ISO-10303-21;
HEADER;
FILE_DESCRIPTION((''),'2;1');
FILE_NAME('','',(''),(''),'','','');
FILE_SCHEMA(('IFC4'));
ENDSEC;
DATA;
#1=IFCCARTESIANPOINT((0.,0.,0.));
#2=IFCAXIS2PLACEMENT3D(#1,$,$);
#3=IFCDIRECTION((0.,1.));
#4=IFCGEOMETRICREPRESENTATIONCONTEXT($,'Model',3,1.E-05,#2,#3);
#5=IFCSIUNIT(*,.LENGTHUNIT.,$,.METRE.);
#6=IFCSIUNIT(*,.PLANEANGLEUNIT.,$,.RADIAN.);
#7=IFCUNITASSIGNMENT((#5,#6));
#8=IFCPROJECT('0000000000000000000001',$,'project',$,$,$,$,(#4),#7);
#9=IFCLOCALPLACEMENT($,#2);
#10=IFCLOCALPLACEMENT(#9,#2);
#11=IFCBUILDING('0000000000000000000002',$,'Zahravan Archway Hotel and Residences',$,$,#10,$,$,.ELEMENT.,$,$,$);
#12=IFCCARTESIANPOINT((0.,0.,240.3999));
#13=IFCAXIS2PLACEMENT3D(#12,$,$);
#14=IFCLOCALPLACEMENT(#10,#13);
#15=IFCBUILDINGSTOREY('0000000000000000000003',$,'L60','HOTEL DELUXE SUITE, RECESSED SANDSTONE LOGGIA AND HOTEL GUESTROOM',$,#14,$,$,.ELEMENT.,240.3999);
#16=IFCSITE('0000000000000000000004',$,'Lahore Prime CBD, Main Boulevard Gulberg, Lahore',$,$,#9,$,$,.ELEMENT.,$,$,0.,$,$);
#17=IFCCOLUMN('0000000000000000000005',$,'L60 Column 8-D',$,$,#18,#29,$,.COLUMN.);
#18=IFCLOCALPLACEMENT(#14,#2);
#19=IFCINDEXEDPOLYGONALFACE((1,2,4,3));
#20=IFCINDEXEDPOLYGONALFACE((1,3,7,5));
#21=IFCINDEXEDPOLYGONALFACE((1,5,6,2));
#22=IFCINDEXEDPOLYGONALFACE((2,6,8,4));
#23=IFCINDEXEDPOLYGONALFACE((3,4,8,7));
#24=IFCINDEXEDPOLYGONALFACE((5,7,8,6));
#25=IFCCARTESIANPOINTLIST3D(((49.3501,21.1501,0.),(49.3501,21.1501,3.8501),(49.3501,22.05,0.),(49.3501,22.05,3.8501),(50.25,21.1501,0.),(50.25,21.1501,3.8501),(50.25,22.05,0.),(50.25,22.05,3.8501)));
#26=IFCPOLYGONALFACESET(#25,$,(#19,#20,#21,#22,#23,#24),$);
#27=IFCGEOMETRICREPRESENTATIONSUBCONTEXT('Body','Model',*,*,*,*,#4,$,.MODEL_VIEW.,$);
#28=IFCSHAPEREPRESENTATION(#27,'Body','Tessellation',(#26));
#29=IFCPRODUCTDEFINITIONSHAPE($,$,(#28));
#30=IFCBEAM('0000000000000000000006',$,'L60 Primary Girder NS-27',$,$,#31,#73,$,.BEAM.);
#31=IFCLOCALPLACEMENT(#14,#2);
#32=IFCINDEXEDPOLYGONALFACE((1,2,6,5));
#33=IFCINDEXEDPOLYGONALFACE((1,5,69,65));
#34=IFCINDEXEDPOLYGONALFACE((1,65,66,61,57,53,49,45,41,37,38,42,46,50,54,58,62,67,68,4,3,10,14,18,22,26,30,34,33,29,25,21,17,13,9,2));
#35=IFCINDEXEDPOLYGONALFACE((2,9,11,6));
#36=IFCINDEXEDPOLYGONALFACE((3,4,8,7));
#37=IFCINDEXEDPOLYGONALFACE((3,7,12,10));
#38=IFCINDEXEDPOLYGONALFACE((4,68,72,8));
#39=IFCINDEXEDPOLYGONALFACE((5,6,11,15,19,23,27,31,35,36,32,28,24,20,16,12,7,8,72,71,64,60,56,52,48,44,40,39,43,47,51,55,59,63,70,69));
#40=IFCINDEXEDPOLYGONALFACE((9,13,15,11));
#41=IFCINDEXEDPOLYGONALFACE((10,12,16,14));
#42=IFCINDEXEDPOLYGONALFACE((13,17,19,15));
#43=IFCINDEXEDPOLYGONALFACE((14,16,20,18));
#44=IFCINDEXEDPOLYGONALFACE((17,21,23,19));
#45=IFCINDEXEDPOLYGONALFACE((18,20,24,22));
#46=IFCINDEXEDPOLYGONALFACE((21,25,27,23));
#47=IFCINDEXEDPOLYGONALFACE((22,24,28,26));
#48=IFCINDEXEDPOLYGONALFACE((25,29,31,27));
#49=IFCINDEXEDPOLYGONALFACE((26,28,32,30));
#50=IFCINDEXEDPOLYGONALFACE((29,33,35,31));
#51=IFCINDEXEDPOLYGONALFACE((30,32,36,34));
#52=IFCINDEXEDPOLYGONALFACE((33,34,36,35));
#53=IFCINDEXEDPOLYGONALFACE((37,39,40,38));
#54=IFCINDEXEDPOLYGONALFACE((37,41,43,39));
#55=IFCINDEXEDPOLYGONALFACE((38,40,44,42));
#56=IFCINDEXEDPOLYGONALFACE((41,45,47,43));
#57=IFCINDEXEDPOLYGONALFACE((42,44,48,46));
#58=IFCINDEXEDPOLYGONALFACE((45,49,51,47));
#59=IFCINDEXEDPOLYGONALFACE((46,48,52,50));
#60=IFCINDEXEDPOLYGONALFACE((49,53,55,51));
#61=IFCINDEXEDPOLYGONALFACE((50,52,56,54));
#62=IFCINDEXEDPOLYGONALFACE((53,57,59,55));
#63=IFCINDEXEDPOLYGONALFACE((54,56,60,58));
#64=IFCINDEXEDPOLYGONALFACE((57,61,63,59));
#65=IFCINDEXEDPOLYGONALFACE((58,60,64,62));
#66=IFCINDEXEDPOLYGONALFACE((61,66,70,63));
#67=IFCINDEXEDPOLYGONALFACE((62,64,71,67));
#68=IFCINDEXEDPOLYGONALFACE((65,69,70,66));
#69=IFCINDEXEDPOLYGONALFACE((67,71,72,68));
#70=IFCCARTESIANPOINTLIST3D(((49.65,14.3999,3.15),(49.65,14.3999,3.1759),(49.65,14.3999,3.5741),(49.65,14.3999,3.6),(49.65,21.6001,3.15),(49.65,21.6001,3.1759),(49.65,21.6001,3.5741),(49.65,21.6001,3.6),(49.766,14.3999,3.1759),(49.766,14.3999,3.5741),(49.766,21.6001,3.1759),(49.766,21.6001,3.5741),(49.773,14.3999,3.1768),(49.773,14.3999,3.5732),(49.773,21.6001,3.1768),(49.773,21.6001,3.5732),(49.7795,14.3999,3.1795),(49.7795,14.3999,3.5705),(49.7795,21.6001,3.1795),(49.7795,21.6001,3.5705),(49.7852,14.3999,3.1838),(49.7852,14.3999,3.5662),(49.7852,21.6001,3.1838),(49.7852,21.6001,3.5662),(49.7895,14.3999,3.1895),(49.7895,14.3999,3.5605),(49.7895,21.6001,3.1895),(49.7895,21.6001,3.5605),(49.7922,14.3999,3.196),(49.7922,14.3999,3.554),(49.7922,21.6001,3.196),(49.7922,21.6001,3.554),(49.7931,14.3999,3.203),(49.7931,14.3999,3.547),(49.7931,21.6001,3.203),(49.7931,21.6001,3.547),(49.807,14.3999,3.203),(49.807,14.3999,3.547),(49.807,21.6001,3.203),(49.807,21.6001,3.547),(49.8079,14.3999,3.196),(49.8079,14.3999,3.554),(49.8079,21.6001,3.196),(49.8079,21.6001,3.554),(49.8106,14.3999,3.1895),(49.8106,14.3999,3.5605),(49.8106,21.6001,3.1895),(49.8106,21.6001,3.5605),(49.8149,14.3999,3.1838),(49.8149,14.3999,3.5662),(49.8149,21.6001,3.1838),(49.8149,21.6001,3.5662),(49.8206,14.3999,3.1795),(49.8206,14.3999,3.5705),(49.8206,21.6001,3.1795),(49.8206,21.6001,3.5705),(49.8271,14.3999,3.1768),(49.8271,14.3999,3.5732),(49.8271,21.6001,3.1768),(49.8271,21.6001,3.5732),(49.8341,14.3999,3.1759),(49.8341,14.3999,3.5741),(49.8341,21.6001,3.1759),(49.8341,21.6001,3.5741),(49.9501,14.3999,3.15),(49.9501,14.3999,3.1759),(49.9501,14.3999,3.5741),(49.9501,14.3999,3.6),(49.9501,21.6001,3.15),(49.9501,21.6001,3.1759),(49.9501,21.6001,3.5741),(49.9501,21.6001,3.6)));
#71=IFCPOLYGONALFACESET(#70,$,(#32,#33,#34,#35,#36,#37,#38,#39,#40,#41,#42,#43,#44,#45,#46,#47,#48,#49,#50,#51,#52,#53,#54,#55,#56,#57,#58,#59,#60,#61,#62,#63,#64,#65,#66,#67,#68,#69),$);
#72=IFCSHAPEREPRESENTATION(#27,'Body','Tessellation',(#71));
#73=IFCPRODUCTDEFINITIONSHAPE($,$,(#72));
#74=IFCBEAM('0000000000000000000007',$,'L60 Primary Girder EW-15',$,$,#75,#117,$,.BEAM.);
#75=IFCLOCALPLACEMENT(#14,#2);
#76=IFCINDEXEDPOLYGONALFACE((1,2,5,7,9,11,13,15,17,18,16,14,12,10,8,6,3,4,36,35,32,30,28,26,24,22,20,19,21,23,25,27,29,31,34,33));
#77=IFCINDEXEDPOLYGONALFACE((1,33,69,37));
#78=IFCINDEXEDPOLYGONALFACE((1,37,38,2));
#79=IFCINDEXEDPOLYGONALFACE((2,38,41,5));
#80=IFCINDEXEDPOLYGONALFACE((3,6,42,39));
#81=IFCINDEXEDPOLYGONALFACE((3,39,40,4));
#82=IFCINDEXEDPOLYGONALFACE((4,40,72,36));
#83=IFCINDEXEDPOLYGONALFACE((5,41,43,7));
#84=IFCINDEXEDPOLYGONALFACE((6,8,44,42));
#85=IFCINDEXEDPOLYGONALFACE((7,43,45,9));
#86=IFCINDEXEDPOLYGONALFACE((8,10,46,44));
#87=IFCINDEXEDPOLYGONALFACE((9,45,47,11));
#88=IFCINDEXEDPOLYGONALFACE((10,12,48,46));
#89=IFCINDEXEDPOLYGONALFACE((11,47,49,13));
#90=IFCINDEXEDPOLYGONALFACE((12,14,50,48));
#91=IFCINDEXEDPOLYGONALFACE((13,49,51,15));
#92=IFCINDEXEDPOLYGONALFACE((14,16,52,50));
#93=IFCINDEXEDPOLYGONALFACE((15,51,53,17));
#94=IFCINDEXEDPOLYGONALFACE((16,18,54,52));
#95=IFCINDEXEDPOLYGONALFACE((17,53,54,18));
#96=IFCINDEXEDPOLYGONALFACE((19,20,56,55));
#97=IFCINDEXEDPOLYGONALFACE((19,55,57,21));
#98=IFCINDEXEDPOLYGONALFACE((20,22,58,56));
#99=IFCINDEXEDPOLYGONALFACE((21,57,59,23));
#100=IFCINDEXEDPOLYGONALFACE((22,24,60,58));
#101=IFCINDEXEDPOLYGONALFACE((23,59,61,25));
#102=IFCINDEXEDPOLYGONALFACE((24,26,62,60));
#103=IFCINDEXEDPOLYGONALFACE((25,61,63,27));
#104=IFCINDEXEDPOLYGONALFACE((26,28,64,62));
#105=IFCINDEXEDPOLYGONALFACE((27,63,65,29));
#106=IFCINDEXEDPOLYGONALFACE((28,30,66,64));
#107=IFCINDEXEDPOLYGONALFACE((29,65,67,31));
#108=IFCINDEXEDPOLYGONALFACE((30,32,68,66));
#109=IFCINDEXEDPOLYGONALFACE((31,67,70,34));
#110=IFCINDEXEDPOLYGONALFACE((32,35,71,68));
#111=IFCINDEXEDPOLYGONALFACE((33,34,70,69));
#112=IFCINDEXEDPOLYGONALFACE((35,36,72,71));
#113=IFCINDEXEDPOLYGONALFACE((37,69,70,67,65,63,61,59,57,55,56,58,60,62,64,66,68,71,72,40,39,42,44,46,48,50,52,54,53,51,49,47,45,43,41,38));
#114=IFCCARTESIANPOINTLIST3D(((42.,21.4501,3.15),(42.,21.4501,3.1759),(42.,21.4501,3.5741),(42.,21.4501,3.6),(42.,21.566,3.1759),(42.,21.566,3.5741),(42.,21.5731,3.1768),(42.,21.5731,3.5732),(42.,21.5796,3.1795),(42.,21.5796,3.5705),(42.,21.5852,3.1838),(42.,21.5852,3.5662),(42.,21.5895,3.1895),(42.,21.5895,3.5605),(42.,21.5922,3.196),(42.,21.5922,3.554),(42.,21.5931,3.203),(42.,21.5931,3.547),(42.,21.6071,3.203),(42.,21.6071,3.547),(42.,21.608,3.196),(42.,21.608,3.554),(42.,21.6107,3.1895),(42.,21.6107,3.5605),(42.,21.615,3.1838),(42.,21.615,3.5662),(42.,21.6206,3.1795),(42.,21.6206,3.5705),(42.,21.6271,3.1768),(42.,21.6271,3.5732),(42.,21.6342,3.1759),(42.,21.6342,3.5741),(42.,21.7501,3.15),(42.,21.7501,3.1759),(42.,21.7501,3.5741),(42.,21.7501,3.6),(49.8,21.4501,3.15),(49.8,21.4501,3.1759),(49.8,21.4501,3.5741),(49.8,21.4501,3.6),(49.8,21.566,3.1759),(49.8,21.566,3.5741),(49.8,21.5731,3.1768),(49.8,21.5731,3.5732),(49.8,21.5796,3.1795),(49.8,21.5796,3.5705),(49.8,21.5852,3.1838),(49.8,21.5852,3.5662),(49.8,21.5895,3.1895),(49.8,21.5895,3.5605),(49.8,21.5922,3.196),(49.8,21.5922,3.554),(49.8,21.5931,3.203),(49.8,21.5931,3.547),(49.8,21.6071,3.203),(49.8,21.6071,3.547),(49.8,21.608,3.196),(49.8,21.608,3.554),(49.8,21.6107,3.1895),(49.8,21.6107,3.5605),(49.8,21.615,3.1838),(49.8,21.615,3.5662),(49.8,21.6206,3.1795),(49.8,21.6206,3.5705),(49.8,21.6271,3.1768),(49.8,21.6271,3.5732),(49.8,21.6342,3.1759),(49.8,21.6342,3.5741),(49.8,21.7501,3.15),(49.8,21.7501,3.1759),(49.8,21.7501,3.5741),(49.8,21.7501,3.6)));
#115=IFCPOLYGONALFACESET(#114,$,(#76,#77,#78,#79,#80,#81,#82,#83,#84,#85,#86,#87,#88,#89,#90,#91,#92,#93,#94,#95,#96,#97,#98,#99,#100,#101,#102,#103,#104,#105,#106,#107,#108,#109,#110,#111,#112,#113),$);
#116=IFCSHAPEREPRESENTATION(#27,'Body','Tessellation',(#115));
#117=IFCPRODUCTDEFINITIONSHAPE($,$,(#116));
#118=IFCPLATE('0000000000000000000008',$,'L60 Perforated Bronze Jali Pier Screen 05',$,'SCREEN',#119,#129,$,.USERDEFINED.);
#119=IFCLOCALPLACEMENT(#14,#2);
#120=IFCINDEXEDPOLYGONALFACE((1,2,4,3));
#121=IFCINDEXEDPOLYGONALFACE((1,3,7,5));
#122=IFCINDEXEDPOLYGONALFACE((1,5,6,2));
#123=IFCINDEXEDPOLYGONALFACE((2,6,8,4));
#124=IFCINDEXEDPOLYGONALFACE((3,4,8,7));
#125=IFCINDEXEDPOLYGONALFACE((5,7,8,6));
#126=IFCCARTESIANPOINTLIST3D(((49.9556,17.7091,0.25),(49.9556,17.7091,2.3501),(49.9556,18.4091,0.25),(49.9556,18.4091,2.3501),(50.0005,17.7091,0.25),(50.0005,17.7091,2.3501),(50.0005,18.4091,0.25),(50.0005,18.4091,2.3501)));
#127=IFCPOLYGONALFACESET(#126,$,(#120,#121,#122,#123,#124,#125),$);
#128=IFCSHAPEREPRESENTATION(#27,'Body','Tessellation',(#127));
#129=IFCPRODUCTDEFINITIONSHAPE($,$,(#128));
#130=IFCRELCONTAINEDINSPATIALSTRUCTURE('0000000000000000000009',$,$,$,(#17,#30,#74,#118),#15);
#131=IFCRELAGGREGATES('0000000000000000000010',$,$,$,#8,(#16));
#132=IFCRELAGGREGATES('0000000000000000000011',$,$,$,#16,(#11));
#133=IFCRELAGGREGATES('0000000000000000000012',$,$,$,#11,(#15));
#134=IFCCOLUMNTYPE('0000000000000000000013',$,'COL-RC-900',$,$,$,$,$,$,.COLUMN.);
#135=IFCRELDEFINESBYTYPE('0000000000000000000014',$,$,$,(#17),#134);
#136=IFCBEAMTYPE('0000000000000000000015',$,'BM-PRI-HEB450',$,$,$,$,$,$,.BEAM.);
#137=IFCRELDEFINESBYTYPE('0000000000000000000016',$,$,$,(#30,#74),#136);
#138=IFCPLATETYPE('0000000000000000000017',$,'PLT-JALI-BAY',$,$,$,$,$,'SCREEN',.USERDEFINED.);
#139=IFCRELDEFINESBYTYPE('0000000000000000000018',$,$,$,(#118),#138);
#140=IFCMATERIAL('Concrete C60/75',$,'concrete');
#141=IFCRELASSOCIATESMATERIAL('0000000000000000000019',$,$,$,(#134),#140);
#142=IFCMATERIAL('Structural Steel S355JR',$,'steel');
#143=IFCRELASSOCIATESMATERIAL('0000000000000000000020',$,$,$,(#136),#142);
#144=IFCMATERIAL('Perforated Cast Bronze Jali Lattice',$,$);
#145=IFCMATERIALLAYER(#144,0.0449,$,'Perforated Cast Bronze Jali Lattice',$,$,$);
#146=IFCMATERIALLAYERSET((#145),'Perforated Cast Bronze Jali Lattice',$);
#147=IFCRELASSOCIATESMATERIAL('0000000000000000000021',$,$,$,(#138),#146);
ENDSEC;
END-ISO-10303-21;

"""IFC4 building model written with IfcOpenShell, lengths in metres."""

from ifc_helpers import new_model, si_unit, direction, frame, origin, origin_2d, place, context, subcontext, project, spatial, rectangle, i_section, extrude, source, transform, mapped, material, layer, layer_set, material_profile, profile_set, type_object, type_shapes, element, save


model = new_model("IFC4")

# Units and contexts
model_context = context("Model", 3, precision=1e-05, world=origin(), true_north=direction((0.0, 1.0)))
body_context = subcontext(model_context, "Body", "Model", "MODEL_VIEW")
ifc_project = project(units=[si_unit("LENGTHUNIT", "METRE"), si_unit("PLANEANGLEUNIT", "RADIAN")], contexts=[model_context])

# Site, building, storey
site_placement = place(None, origin())
site = spatial("IfcSite", under=ifc_project, at=site_placement, Name="Lahore Prime CBD, Main Boulevard Gulberg, Lahore", CompositionType="ELEMENT", RefElevation=0.0)
building_placement = place(site_placement, origin())
building = spatial("IfcBuilding", under=site, at=building_placement, Name="Zahravan Archway Hotel and Residences", CompositionType="ELEMENT")
storey_placement = place(building_placement, frame((0.0, 0.0, 240.3999)))
storey = spatial("IfcBuildingStorey", under=building, at=storey_placement, Name="L60", Description="HOTEL DELUXE SUITE, RECESSED SANDSTONE LOGGIA AND HOTEL GUESTROOM", CompositionType="ELEMENT", Elevation=240.3999)

# Column
ifc_material_1 = material(Name="Concrete C60/75", Category="concrete")
ifc_material_profile_1 = material_profile(ifc_material_1, rectangle(XDim=0.8999, YDim=0.8999, at=origin_2d()), Name="RC-COL-900x900", Category="concrete")
ifc_profile_set_1 = profile_set([ifc_material_profile_1], Name="Concrete C60/75")
column_type = type_object("IfcColumnType", Name="COL-RC-900", PredefinedType="COLUMN", material=ifc_profile_set_1)
shared_shape_1 = source(origin(), body_context, "Body", "SweptSolid", [
    extrude(rectangle(XDim=0.8999, YDim=0.8999, at=origin_2d()), origin(), (0.0, 0.0, 1.0), 3.8501),
])
type_shapes(column_type, [shared_shape_1])
column_placement = place(storey_placement, frame((49.8, 21.6001, 0.0), z_axis=(0.0, 0.0, 1.0), x_axis=(1.0, 0.0, 0.0)))
element("IfcColumn", 1, at=column_placement, inside=storey, type_object=column_type, Name="L60 Column 8-D", PredefinedType="COLUMN", context=body_context, shape_type="MappedRepresentation", body=[
    mapped(shared_shape_1, transform((0.0, 0.0, 0.0), scale=1.0)),
])

# Beams
ifc_material_2 = material(Name="Structural Steel S355JR", Category="steel")
ifc_material_profile_2 = material_profile(ifc_material_2, i_section(OverallWidth=0.3, OverallDepth=0.45, WebThickness=0.0139, FlangeThickness=0.0259, FilletRadius=0.0271, at=origin_2d()), Name="HEB 450", Category="steel")
ifc_profile_set_2 = profile_set([ifc_material_profile_2], Name="Structural Steel S355JR")
beam_type = type_object("IfcBeamType", Name="BM-PRI-HEB450", PredefinedType="BEAM", material=ifc_profile_set_2)
shared_shape_2 = source(origin(), body_context, "Body", "SweptSolid", [
    extrude(i_section(OverallWidth=0.3, OverallDepth=0.45, WebThickness=0.0139, FlangeThickness=0.0259, FilletRadius=0.0271, at=origin_2d()), origin(), (0.0, 0.0, 1.0), 7.2002),
])
type_shapes(beam_type, [shared_shape_2])
beam_1_placement = place(storey_placement, frame((49.8, 14.3999, 3.375), z_axis=(0.0, 1.0, 0.0), x_axis=(-1.0, 0.0, 0.0)))
element("IfcBeam", 2, at=beam_1_placement, inside=storey, type_object=beam_type, Name="L60 Primary Girder NS-27", PredefinedType="BEAM", context=body_context, shape_type="MappedRepresentation", body=[
    mapped(shared_shape_2, transform((0.0, 0.0, 0.0), scale=1.0)),
])
shared_shape_3 = source(origin(), body_context, "Body", "SweptSolid", [
    extrude(i_section(OverallWidth=0.3, OverallDepth=0.45, WebThickness=0.0139, FlangeThickness=0.0259, FilletRadius=0.0271, at=origin_2d()), origin(), (0.0, 0.0, 1.0), 7.8),
])
beam_2_placement = place(storey_placement, frame((42.0, 21.6001, 3.375), z_axis=(1.0, 0.0, 0.0), x_axis=(0.0, 1.0, 0.0)))
element("IfcBeam", 3, at=beam_2_placement, inside=storey, type_object=beam_type, Name="L60 Primary Girder EW-15", PredefinedType="BEAM", context=body_context, shape_type="MappedRepresentation", body=[
    mapped(shared_shape_3, transform((0.0, 0.0, 0.0), scale=1.0)),
])

# Plate
ifc_material_3 = material(Name="Perforated Cast Bronze Jali Lattice")
ifc_layer_1 = layer(ifc_material_3, 0.0449, Name="Perforated Cast Bronze Jali Lattice")
ifc_layer_set_1 = layer_set([ifc_layer_1], Name="Perforated Cast Bronze Jali Lattice")
plate_type = type_object("IfcPlateType", Name="PLT-JALI-BAY", ElementType="SCREEN", PredefinedType="USERDEFINED", material=ifc_layer_set_1)
shared_shape_4 = source(origin(), body_context, "Body", "SweptSolid", [
    extrude(rectangle(XDim=0.7, YDim=0.0449, at=origin_2d()), origin(), (0.0, 0.0, 1.0), 2.1001),
])
type_shapes(plate_type, [shared_shape_4])
plate_placement = place(storey_placement, frame((49.978, 18.0591, 0.25), z_axis=(0.0, 0.0, 1.0), x_axis=(0.0, 1.0, 0.0)))
element("IfcPlate", 4, at=plate_placement, inside=storey, type_object=plate_type, Name="L60 Perforated Bronze Jali Pier Screen 05", ObjectType="SCREEN", PredefinedType="USERDEFINED", context=body_context, shape_type="MappedRepresentation", body=[
    mapped(shared_shape_4, transform((0.0, 0.0, 0.0), scale=1.0)),
])

save(model, "model.ifc")
